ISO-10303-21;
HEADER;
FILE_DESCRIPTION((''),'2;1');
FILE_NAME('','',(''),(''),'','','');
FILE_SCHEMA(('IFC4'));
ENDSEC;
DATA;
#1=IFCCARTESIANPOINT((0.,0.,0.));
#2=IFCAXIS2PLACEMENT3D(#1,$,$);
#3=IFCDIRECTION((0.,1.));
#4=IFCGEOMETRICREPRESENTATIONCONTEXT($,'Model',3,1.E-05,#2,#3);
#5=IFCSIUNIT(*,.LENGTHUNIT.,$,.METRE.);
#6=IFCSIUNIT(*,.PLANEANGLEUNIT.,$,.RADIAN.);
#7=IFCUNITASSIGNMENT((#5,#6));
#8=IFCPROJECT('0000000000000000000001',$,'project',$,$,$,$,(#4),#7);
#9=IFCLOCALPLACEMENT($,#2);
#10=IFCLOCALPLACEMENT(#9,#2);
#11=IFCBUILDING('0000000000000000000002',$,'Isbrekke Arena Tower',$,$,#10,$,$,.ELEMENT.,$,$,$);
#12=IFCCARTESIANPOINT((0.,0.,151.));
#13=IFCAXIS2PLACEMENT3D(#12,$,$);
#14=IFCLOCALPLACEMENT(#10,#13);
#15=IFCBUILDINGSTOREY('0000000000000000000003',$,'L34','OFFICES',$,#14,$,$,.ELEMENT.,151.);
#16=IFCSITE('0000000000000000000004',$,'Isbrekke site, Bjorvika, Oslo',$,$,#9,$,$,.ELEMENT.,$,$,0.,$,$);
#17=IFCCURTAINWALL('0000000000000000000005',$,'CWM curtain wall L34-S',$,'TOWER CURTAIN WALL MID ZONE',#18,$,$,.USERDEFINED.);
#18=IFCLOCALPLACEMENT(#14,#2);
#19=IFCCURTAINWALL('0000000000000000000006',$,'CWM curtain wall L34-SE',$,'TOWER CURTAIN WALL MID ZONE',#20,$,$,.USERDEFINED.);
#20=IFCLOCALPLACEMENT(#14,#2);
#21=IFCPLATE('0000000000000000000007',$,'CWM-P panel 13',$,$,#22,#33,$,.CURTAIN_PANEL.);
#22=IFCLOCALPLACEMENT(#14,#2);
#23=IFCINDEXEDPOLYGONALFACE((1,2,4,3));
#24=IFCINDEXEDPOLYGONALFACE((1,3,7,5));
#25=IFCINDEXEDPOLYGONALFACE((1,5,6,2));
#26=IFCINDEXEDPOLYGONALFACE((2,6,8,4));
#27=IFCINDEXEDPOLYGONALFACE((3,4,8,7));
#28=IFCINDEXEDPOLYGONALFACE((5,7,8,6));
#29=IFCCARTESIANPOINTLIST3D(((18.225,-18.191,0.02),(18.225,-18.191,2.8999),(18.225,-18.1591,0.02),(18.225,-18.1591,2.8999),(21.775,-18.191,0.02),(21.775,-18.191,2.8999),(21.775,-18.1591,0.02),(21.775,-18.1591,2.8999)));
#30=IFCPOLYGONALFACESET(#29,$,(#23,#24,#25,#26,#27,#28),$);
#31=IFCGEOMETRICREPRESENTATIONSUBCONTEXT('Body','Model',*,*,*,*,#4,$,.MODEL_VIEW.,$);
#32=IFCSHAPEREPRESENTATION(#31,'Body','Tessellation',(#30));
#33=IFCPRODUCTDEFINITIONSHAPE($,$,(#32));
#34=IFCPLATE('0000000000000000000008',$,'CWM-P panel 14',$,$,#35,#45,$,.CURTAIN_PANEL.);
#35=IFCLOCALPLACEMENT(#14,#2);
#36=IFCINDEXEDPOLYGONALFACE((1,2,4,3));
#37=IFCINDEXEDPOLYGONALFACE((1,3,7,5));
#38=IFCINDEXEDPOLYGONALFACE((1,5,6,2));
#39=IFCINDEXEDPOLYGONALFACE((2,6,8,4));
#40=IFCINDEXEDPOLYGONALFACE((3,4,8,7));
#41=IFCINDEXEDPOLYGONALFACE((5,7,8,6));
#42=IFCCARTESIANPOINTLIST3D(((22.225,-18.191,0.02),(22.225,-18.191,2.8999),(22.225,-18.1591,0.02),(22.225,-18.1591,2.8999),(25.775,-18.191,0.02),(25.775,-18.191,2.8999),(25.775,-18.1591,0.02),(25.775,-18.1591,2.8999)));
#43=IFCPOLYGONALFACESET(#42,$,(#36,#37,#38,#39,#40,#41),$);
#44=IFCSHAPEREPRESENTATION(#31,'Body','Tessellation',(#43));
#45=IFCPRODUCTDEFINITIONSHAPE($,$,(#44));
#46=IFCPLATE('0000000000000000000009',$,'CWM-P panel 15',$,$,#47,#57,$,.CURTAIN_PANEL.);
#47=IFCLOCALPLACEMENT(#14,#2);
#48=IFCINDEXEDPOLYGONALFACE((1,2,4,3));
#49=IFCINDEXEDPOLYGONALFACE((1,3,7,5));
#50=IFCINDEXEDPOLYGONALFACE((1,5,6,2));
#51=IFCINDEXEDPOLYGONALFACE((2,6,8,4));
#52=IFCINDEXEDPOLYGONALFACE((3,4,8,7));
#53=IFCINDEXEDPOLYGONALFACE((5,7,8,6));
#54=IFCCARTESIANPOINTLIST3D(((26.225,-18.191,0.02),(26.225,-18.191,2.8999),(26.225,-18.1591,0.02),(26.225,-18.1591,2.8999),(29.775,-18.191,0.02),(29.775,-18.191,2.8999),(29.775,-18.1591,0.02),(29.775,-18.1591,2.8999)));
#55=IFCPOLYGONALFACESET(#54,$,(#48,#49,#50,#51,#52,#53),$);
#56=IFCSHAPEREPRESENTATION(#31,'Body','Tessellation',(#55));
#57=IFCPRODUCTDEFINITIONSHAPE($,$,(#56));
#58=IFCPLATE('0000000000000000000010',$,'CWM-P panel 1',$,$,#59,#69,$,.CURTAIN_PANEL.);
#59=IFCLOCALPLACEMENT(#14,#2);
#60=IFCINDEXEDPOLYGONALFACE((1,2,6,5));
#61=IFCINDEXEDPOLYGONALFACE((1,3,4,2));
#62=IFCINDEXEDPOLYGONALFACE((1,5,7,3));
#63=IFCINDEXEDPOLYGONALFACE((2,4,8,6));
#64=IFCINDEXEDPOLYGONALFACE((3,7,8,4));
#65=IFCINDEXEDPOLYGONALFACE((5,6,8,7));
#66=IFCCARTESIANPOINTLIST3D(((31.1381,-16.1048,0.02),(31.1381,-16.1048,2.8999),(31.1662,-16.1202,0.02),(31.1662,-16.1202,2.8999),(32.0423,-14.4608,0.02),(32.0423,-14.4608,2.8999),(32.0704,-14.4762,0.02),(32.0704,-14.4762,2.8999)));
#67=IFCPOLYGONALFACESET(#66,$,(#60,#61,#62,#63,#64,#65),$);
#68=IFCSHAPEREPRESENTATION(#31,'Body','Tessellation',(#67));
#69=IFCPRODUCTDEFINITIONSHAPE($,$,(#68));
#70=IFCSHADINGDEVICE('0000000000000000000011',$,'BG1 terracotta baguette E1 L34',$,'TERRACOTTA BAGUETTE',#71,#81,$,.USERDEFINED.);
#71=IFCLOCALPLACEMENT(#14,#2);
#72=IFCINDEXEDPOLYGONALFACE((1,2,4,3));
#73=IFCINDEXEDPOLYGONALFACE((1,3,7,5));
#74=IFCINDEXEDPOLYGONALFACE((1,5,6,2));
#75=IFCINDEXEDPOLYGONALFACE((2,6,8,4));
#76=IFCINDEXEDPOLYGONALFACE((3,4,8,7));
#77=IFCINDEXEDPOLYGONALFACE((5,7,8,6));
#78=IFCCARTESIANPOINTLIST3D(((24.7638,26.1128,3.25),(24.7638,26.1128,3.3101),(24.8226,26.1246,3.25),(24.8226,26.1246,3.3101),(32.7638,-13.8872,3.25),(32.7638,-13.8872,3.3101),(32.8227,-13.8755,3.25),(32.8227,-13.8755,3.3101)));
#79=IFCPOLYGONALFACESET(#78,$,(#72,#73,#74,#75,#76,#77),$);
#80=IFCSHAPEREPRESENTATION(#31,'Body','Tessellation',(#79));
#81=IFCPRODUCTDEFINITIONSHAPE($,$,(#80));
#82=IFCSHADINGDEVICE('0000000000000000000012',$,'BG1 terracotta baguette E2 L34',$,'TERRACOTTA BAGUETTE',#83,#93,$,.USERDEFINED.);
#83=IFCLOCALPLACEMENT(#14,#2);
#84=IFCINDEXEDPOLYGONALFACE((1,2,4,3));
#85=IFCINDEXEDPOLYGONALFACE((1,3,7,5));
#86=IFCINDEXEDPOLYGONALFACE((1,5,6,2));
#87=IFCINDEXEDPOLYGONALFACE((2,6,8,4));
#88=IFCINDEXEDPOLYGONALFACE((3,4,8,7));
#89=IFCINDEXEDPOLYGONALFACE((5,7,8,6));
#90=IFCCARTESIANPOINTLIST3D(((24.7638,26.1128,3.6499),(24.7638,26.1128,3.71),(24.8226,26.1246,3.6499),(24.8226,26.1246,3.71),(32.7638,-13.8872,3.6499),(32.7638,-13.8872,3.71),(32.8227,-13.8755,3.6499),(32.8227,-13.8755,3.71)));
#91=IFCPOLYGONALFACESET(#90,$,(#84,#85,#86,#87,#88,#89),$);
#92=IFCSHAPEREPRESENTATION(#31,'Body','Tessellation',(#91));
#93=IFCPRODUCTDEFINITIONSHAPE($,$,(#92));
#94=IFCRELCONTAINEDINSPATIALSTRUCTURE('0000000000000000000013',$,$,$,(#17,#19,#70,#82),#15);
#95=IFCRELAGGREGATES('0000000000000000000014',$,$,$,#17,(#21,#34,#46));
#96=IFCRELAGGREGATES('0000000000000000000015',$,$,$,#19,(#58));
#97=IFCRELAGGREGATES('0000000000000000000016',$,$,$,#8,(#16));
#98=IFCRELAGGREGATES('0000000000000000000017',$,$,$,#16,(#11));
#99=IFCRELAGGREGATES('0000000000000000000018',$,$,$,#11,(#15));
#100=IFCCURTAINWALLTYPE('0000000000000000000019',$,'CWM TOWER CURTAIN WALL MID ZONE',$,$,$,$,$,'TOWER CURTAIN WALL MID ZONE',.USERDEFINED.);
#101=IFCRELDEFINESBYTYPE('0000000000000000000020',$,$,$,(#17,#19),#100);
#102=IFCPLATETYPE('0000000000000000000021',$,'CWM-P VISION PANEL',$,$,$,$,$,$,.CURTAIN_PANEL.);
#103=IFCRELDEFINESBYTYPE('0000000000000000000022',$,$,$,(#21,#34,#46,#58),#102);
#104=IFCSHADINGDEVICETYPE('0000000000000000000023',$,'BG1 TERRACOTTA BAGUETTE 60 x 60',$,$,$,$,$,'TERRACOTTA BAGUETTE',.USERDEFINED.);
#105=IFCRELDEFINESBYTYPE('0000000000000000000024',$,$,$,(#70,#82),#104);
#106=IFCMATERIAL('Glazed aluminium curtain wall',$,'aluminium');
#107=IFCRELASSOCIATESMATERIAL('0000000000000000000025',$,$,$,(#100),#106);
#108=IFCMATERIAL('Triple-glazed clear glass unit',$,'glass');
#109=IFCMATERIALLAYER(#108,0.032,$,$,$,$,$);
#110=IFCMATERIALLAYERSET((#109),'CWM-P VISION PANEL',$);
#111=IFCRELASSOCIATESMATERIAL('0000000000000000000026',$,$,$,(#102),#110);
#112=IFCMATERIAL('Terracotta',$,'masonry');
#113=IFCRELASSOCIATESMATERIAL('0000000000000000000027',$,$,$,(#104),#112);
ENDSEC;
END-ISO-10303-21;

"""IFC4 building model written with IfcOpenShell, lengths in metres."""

from ifc_helpers import new_model, si_unit, direction, frame, origin, origin_2d, place, context, subcontext, project, spatial, rectangle, extrude, material, layer, layer_set, material_profile, profile_set, type_object, element, aggregate, save


model = new_model("IFC4")

# Units and contexts
model_context = context("Model", 3, precision=1e-05, world=origin(), true_north=direction((0.0, 1.0)))
body_context = subcontext(model_context, "Body", "Model", "MODEL_VIEW")
ifc_project = project(units=[si_unit("LENGTHUNIT", "METRE"), si_unit("PLANEANGLEUNIT", "RADIAN")], contexts=[model_context])

# Site, building, storey
site_placement = place(None, origin())
site = spatial("IfcSite", under=ifc_project, at=site_placement, Name="Isbrekke site, Bjorvika, Oslo", CompositionType="ELEMENT", RefElevation=0.0)
building_placement = place(site_placement, origin())
building = spatial("IfcBuilding", under=site, at=building_placement, Name="Isbrekke Arena Tower", CompositionType="ELEMENT")
storey_placement = place(building_placement, frame((0.0, 0.0, 151.0)))
storey = spatial("IfcBuildingStorey", under=building, at=storey_placement, Name="L34", Description="OFFICES", CompositionType="ELEMENT", Elevation=151.0)

# Curtain walls
ifc_material_1 = material(Name="Glazed aluminium curtain wall", Category="aluminium")
curtain_wall_type = type_object("IfcCurtainWallType", Name="CWM TOWER CURTAIN WALL MID ZONE", ElementType="TOWER CURTAIN WALL MID ZONE", PredefinedType="USERDEFINED", material=ifc_material_1)
curtain_wall_1_placement = place(storey_placement, origin())
curtain_wall_1 = element("IfcCurtainWall", 1, at=curtain_wall_1_placement, inside=storey, type_object=curtain_wall_type, Name="CWM curtain wall L34-S", ObjectType="TOWER CURTAIN WALL MID ZONE", PredefinedType="USERDEFINED")
curtain_wall_2_placement = place(storey_placement, origin())
curtain_wall_2 = element("IfcCurtainWall", 2, at=curtain_wall_2_placement, inside=storey, type_object=curtain_wall_type, Name="CWM curtain wall L34-SE", ObjectType="TOWER CURTAIN WALL MID ZONE", PredefinedType="USERDEFINED")

# Plates
ifc_material_2 = material(Name="Triple-glazed clear glass unit", Category="glass")
ifc_layer = layer(ifc_material_2, 0.032)
ifc_layer_set = layer_set([ifc_layer], Name="CWM-P VISION PANEL")
plate_type = type_object("IfcPlateType", Name="CWM-P VISION PANEL", PredefinedType="CURTAIN_PANEL", material=ifc_layer_set)
plate_1_placement = place(storey_placement, frame((20.0, -18.175, 0.02), z_axis=(0.0, 0.0, 1.0), x_axis=(1.0, 0.0, 0.0)))
plate_1 = element("IfcPlate", 3, at=plate_1_placement, type_object=plate_type, Name="CWM-P panel 13", PredefinedType="CURTAIN_PANEL", context=body_context, shape_type="SweptSolid", body=[
    extrude(rectangle(XDim=3.55, YDim=0.032, at=origin_2d()), origin(), (0.0, 0.0, 1.0), 2.8799),
])
plate_2_placement = place(storey_placement, frame((24.0, -18.175, 0.02), z_axis=(0.0, 0.0, 1.0), x_axis=(1.0, 0.0, 0.0)))
plate_2 = element("IfcPlate", 4, at=plate_2_placement, type_object=plate_type, Name="CWM-P panel 14", PredefinedType="CURTAIN_PANEL", context=body_context, shape_type="SweptSolid", body=[
    extrude(rectangle(XDim=3.55, YDim=0.032, at=origin_2d()), origin(), (0.0, 0.0, 1.0), 2.8799),
])
plate_3_placement = place(storey_placement, frame((28.0, -18.175, 0.02), z_axis=(0.0, 0.0, 1.0), x_axis=(1.0, 0.0, 0.0)))
plate_3 = element("IfcPlate", 5, at=plate_3_placement, type_object=plate_type, Name="CWM-P panel 15", PredefinedType="CURTAIN_PANEL", context=body_context, shape_type="SweptSolid", body=[
    extrude(rectangle(XDim=3.55, YDim=0.032, at=origin_2d()), origin(), (0.0, 0.0, 1.0), 2.8799),
])
aggregate(curtain_wall_1, [plate_1, plate_2, plate_3])
plate_4_placement = place(storey_placement, frame((31.6042, -15.2905, 0.02), z_axis=(0.0, 0.0, 1.0), x_axis=(0.481919, 0.876216, 0.0)))
plate_4 = element("IfcPlate", 6, at=plate_4_placement, type_object=plate_type, Name="CWM-P panel 1", PredefinedType="CURTAIN_PANEL", context=body_context, shape_type="SweptSolid", body=[
    extrude(rectangle(XDim=1.8762, YDim=0.032, at=origin_2d()), origin(), (0.0, 0.0, 1.0), 2.8799),
])
aggregate(curtain_wall_2, [plate_4])

# Shading devices
ifc_material_3 = material(Name="Terracotta", Category="masonry")
ifc_material_profile_1 = material_profile(ifc_material_3, rectangle(XDim=0.0601, YDim=0.0601, at=origin_2d()), Name="BAGUETTE 60X60")
ifc_profile_set_1 = profile_set([ifc_material_profile_1], Name="Terracotta")
shading_device_type = type_object("IfcShadingDeviceType", Name="BG1 TERRACOTTA BAGUETTE 60 x 60", ElementType="TERRACOTTA BAGUETTE", PredefinedType="USERDEFINED", material=ifc_profile_set_1)
for number, where, z_axis, x_axis, name in (
    (7, (32.7932, -13.8813, 3.28), (-0.196116, 0.980581, 0.0), (-0.980581, -0.196116, 0.0), "BG1 terracotta baguette E1 L34"),
    (8, (32.7932, -13.8813, 3.6799), (-0.196116, 0.980581, 0.0), (-0.980581, -0.196116, 0.0), "BG1 terracotta baguette E2 L34"),
):
    element("IfcShadingDevice", number, at=place(storey_placement, frame(where, z_axis=z_axis, x_axis=x_axis)), inside=storey, type_object=shading_device_type, Name=name, ObjectType="TERRACOTTA BAGUETTE", PredefinedType="USERDEFINED", context=body_context, shape_type="SweptSolid", body=[
        extrude(rectangle(XDim=0.0601, YDim=0.0601, at=origin_2d()), origin(), (0.0, 0.0, 1.0), 40.7922),
    ])

save(model, "model.ifc")
